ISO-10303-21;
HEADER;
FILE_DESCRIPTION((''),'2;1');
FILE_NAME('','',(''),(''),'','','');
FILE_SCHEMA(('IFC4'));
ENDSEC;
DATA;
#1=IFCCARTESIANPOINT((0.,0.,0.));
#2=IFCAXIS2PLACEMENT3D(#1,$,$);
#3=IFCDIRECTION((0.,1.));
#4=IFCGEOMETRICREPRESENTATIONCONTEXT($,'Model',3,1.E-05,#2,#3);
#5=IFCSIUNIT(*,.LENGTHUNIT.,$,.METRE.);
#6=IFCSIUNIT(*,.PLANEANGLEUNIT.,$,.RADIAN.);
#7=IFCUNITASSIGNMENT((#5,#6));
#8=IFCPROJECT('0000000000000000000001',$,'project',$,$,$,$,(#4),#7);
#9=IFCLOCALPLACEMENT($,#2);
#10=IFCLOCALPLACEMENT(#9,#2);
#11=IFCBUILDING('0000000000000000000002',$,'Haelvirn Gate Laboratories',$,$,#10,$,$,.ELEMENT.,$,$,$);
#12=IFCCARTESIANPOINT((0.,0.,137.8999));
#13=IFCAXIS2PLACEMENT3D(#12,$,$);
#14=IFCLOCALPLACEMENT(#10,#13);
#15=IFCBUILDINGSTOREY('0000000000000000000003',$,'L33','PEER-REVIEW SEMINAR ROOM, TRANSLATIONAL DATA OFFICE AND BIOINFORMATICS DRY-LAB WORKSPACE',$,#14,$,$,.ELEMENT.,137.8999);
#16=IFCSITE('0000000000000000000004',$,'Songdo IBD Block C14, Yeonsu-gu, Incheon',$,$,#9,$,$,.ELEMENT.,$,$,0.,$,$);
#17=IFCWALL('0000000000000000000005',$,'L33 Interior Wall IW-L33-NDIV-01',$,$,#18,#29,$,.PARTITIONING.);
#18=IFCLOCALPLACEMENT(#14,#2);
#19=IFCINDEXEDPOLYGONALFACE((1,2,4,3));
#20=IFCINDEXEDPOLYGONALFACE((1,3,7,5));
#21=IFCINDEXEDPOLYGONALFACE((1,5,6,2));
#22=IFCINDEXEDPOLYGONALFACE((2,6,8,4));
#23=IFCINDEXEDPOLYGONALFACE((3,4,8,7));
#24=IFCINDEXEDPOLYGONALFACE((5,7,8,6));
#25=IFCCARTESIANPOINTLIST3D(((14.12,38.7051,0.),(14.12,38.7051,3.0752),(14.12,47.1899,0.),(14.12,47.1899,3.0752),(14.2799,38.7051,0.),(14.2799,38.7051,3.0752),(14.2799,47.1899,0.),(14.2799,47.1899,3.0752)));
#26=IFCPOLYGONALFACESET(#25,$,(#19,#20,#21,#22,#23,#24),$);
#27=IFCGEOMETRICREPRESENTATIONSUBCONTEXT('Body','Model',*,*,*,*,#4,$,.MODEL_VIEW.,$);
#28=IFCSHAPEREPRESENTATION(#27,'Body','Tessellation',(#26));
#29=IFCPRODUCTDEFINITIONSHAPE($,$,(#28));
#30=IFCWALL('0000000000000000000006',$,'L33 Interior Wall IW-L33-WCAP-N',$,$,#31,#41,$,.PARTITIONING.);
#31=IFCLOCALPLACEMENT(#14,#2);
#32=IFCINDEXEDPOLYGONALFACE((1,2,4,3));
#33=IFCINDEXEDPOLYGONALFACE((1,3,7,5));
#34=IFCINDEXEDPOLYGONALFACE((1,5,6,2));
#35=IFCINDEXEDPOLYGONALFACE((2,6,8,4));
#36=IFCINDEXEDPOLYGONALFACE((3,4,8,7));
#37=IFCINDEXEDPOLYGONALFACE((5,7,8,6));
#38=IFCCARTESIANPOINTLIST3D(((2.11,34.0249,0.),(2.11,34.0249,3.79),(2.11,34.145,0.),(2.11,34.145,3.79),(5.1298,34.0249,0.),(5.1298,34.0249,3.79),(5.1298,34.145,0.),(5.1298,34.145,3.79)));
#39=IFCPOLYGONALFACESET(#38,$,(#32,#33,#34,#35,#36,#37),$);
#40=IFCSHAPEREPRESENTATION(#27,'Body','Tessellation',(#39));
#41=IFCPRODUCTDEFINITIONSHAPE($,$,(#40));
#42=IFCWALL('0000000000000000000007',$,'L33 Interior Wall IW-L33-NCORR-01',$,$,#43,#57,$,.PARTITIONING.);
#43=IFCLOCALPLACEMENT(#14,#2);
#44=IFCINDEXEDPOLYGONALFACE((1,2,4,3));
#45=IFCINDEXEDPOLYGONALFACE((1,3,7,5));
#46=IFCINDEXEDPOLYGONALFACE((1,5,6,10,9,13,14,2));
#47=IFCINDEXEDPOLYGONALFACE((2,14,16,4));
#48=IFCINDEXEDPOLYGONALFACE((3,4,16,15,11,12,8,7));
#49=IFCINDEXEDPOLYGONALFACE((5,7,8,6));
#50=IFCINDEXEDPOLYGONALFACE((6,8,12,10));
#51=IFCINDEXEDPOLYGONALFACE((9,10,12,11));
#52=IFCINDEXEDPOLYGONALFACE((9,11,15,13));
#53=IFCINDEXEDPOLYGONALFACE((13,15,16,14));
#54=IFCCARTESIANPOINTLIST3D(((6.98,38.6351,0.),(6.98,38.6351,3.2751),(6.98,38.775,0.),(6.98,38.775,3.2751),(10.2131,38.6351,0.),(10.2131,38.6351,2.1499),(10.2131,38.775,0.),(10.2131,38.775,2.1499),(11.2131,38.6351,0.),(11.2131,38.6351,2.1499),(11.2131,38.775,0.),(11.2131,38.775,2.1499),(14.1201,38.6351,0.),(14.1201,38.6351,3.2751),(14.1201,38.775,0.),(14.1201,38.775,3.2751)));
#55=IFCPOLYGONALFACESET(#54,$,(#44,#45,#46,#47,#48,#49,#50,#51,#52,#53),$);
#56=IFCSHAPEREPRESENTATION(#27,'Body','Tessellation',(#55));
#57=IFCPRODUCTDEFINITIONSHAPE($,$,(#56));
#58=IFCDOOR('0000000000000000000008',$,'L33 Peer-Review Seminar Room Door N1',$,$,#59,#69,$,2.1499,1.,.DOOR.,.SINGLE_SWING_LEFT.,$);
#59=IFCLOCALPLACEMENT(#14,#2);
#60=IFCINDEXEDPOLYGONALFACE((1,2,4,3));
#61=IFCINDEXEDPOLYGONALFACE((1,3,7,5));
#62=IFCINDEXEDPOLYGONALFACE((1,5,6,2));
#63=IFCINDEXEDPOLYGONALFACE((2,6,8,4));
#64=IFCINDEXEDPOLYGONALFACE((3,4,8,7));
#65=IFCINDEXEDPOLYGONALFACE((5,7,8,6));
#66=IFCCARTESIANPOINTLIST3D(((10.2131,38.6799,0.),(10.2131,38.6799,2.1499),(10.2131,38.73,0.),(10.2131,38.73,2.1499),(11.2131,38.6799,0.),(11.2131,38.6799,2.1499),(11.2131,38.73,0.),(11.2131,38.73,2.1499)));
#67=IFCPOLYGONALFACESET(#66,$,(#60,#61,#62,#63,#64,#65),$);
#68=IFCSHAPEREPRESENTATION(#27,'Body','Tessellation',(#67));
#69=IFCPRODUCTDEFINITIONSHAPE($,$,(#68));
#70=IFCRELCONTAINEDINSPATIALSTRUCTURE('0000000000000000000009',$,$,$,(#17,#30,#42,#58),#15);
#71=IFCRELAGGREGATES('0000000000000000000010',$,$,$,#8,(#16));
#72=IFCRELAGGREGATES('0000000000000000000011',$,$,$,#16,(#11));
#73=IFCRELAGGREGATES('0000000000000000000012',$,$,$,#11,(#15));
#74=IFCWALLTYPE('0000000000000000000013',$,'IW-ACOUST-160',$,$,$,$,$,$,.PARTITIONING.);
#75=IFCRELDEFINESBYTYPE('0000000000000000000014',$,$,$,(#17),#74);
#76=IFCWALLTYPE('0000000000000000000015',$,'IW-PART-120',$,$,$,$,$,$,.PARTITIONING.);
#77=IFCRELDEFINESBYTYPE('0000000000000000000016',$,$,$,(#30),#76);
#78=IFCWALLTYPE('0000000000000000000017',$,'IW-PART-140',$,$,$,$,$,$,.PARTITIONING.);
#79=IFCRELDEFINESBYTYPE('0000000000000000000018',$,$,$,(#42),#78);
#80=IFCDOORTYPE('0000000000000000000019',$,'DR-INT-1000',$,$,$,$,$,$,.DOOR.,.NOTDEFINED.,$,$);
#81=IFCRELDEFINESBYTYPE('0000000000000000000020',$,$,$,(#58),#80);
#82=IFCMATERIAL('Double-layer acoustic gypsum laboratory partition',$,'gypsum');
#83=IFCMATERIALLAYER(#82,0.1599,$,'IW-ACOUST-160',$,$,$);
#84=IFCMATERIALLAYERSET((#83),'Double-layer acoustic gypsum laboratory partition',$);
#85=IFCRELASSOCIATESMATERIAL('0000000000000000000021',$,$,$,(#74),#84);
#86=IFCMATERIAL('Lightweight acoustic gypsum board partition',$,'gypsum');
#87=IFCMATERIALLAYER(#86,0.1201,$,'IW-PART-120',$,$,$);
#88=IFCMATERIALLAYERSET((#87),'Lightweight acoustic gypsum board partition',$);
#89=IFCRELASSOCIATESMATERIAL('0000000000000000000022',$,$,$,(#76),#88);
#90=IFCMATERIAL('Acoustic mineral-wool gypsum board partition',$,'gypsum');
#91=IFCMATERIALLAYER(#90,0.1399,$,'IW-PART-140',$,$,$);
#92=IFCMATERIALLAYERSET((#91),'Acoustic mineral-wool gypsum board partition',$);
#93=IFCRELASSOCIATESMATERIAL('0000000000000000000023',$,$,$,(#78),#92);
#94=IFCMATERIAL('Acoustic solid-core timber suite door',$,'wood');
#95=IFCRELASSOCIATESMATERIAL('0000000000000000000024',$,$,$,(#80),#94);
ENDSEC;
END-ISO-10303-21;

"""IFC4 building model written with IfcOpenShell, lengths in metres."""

from ifc_helpers import new_model, si_unit, direction, frame, frame_2d, origin, place, context, subcontext, project, spatial, rectangle, extrude, source, transform, mapped, material, layer, layer_set, type_object, type_shapes, element, fill, save


model = new_model("IFC4")

# Units and contexts
model_context = context("Model", 3, precision=1e-05, world=origin(), true_north=direction((0.0, 1.0)))
body_context = subcontext(model_context, "Body", "Model", "MODEL_VIEW")
ifc_project = project(units=[si_unit("LENGTHUNIT", "METRE"), si_unit("PLANEANGLEUNIT", "RADIAN")], contexts=[model_context])

# Site, building, storey
site_placement = place(None, origin())
site = spatial("IfcSite", under=ifc_project, at=site_placement, Name="Songdo IBD Block C14, Yeonsu-gu, Incheon", CompositionType="ELEMENT", RefElevation=0.0)
building_placement = place(site_placement, origin())
building = spatial("IfcBuilding", under=site, at=building_placement, Name="Haelvirn Gate Laboratories", CompositionType="ELEMENT")
storey_placement = place(building_placement, frame((0.0, 0.0, 137.8999)))
storey = spatial("IfcBuildingStorey", under=building, at=storey_placement, Name="L33", Description="PEER-REVIEW SEMINAR ROOM, TRANSLATIONAL DATA OFFICE AND BIOINFORMATICS DRY-LAB WORKSPACE", CompositionType="ELEMENT", Elevation=137.8999)

# Walls
ifc_material_1 = material(Name="Double-layer acoustic gypsum laboratory partition", Category="gypsum")
ifc_layer_1 = layer(ifc_material_1, 0.1599, Name="IW-ACOUST-160")
ifc_layer_set_1 = layer_set([ifc_layer_1], Name="Double-layer acoustic gypsum laboratory partition")
wall_type_1 = type_object("IfcWallType", Name="IW-ACOUST-160", PredefinedType="PARTITIONING", material=ifc_layer_set_1)
wall_1_placement = place(storey_placement, frame((14.2, 38.7051, 0.0), z_axis=(0.0, 0.0, 1.0), x_axis=(0.0, 1.0, 0.0)))
element("IfcWall", 1, at=wall_1_placement, inside=storey, type_object=wall_type_1, Name="L33 Interior Wall IW-L33-NDIV-01", PredefinedType="PARTITIONING", context=body_context, shape_type="SweptSolid", body=[
    extrude(rectangle(XDim=8.4849, YDim=0.1599, at=frame_2d((4.2424, 0.0))), origin(), (0.0, 0.0, 1.0), 3.0752),
])
ifc_material_2 = material(Name="Lightweight acoustic gypsum board partition", Category="gypsum")
ifc_layer_2 = layer(ifc_material_2, 0.1201, Name="IW-PART-120")
ifc_layer_set_2 = layer_set([ifc_layer_2], Name="Lightweight acoustic gypsum board partition")
wall_type_2 = type_object("IfcWallType", Name="IW-PART-120", PredefinedType="PARTITIONING", material=ifc_layer_set_2)
wall_2_placement = place(storey_placement, frame((2.1101, 34.085, 0.0), z_axis=(0.0, 0.0, 1.0), x_axis=(1.0, 0.0, 0.0)))
element("IfcWall", 2, at=wall_2_placement, inside=storey, type_object=wall_type_2, Name="L33 Interior Wall IW-L33-WCAP-N", PredefinedType="PARTITIONING", context=body_context, shape_type="SweptSolid", body=[
    extrude(rectangle(XDim=3.0198, YDim=0.1201, at=frame_2d((1.5098, 0.0))), origin(), (0.0, 0.0, 1.0), 3.79),
])

# Wall, opening, door
ifc_material_3 = material(Name="Acoustic mineral-wool gypsum board partition", Category="gypsum")
ifc_layer_3 = layer(ifc_material_3, 0.1399, Name="IW-PART-140")
ifc_layer_set_3 = layer_set([ifc_layer_3], Name="Acoustic mineral-wool gypsum board partition")
wall_type_3 = type_object("IfcWallType", Name="IW-PART-140", PredefinedType="PARTITIONING", material=ifc_layer_set_3)
wall_3_placement = place(storey_placement, frame((6.98, 38.7051, 0.0), z_axis=(0.0, 0.0, 1.0), x_axis=(1.0, 0.0, 0.0)))
wall_3 = element("IfcWall", 3, at=wall_3_placement, inside=storey, type_object=wall_type_3, Name="L33 Interior Wall IW-L33-NCORR-01", PredefinedType="PARTITIONING", context=body_context, shape_type="SweptSolid", body=[
    extrude(rectangle(XDim=7.1401, YDim=0.1399, at=frame_2d((3.5701, 0.0))), origin(), (0.0, 0.0, 1.0), 3.2751),
])
opening_placement = place(wall_3_placement, frame((3.2332, 0.0, 0.0)))
opening = element("IfcOpeningElement", 4, at=opening_placement, cuts=wall_3, PredefinedType="OPENING", context=body_context, shape_type="SweptSolid", body=[
    extrude(rectangle(XDim=1.0, YDim=2.1499, at=frame_2d((0.5, 1.075))), frame((0.0, 0.0801, 0.0), z_axis=(0.0, -1.0, 0.0), x_axis=(1.0, 0.0, 0.0)), (0.0, 0.0, 1.0), 0.1599),
])
ifc_material_4 = material(Name="Acoustic solid-core timber suite door", Category="wood")
door_type = type_object("IfcDoorType", Name="DR-INT-1000", OperationType="NOTDEFINED", PredefinedType="DOOR", material=ifc_material_4)
shared_shape_1 = source(origin(), body_context, "Body", "SweptSolid", [
    extrude(rectangle(XDim=1.0, YDim=2.1499, at=frame_2d((0.5, 1.075))), frame((0.0, 0.0249, 0.0), z_axis=(0.0, -1.0, 0.0), x_axis=(1.0, 0.0, 0.0)), (0.0, 0.0, 1.0), 0.05),
])
type_shapes(door_type, [shared_shape_1])
door_placement = place(opening_placement, origin())
door = element("IfcDoor", 5, at=door_placement, inside=storey, type_object=door_type, Name="L33 Peer-Review Seminar Room Door N1", OperationType="SINGLE_SWING_LEFT", OverallHeight=2.1499, OverallWidth=1.0, PredefinedType="DOOR", context=body_context, shape_type="MappedRepresentation", body=[
    mapped(shared_shape_1, transform((0.0, 0.0, 0.0), scale=1.0)),
])
fill(opening, door)

save(model, "model.ifc")
